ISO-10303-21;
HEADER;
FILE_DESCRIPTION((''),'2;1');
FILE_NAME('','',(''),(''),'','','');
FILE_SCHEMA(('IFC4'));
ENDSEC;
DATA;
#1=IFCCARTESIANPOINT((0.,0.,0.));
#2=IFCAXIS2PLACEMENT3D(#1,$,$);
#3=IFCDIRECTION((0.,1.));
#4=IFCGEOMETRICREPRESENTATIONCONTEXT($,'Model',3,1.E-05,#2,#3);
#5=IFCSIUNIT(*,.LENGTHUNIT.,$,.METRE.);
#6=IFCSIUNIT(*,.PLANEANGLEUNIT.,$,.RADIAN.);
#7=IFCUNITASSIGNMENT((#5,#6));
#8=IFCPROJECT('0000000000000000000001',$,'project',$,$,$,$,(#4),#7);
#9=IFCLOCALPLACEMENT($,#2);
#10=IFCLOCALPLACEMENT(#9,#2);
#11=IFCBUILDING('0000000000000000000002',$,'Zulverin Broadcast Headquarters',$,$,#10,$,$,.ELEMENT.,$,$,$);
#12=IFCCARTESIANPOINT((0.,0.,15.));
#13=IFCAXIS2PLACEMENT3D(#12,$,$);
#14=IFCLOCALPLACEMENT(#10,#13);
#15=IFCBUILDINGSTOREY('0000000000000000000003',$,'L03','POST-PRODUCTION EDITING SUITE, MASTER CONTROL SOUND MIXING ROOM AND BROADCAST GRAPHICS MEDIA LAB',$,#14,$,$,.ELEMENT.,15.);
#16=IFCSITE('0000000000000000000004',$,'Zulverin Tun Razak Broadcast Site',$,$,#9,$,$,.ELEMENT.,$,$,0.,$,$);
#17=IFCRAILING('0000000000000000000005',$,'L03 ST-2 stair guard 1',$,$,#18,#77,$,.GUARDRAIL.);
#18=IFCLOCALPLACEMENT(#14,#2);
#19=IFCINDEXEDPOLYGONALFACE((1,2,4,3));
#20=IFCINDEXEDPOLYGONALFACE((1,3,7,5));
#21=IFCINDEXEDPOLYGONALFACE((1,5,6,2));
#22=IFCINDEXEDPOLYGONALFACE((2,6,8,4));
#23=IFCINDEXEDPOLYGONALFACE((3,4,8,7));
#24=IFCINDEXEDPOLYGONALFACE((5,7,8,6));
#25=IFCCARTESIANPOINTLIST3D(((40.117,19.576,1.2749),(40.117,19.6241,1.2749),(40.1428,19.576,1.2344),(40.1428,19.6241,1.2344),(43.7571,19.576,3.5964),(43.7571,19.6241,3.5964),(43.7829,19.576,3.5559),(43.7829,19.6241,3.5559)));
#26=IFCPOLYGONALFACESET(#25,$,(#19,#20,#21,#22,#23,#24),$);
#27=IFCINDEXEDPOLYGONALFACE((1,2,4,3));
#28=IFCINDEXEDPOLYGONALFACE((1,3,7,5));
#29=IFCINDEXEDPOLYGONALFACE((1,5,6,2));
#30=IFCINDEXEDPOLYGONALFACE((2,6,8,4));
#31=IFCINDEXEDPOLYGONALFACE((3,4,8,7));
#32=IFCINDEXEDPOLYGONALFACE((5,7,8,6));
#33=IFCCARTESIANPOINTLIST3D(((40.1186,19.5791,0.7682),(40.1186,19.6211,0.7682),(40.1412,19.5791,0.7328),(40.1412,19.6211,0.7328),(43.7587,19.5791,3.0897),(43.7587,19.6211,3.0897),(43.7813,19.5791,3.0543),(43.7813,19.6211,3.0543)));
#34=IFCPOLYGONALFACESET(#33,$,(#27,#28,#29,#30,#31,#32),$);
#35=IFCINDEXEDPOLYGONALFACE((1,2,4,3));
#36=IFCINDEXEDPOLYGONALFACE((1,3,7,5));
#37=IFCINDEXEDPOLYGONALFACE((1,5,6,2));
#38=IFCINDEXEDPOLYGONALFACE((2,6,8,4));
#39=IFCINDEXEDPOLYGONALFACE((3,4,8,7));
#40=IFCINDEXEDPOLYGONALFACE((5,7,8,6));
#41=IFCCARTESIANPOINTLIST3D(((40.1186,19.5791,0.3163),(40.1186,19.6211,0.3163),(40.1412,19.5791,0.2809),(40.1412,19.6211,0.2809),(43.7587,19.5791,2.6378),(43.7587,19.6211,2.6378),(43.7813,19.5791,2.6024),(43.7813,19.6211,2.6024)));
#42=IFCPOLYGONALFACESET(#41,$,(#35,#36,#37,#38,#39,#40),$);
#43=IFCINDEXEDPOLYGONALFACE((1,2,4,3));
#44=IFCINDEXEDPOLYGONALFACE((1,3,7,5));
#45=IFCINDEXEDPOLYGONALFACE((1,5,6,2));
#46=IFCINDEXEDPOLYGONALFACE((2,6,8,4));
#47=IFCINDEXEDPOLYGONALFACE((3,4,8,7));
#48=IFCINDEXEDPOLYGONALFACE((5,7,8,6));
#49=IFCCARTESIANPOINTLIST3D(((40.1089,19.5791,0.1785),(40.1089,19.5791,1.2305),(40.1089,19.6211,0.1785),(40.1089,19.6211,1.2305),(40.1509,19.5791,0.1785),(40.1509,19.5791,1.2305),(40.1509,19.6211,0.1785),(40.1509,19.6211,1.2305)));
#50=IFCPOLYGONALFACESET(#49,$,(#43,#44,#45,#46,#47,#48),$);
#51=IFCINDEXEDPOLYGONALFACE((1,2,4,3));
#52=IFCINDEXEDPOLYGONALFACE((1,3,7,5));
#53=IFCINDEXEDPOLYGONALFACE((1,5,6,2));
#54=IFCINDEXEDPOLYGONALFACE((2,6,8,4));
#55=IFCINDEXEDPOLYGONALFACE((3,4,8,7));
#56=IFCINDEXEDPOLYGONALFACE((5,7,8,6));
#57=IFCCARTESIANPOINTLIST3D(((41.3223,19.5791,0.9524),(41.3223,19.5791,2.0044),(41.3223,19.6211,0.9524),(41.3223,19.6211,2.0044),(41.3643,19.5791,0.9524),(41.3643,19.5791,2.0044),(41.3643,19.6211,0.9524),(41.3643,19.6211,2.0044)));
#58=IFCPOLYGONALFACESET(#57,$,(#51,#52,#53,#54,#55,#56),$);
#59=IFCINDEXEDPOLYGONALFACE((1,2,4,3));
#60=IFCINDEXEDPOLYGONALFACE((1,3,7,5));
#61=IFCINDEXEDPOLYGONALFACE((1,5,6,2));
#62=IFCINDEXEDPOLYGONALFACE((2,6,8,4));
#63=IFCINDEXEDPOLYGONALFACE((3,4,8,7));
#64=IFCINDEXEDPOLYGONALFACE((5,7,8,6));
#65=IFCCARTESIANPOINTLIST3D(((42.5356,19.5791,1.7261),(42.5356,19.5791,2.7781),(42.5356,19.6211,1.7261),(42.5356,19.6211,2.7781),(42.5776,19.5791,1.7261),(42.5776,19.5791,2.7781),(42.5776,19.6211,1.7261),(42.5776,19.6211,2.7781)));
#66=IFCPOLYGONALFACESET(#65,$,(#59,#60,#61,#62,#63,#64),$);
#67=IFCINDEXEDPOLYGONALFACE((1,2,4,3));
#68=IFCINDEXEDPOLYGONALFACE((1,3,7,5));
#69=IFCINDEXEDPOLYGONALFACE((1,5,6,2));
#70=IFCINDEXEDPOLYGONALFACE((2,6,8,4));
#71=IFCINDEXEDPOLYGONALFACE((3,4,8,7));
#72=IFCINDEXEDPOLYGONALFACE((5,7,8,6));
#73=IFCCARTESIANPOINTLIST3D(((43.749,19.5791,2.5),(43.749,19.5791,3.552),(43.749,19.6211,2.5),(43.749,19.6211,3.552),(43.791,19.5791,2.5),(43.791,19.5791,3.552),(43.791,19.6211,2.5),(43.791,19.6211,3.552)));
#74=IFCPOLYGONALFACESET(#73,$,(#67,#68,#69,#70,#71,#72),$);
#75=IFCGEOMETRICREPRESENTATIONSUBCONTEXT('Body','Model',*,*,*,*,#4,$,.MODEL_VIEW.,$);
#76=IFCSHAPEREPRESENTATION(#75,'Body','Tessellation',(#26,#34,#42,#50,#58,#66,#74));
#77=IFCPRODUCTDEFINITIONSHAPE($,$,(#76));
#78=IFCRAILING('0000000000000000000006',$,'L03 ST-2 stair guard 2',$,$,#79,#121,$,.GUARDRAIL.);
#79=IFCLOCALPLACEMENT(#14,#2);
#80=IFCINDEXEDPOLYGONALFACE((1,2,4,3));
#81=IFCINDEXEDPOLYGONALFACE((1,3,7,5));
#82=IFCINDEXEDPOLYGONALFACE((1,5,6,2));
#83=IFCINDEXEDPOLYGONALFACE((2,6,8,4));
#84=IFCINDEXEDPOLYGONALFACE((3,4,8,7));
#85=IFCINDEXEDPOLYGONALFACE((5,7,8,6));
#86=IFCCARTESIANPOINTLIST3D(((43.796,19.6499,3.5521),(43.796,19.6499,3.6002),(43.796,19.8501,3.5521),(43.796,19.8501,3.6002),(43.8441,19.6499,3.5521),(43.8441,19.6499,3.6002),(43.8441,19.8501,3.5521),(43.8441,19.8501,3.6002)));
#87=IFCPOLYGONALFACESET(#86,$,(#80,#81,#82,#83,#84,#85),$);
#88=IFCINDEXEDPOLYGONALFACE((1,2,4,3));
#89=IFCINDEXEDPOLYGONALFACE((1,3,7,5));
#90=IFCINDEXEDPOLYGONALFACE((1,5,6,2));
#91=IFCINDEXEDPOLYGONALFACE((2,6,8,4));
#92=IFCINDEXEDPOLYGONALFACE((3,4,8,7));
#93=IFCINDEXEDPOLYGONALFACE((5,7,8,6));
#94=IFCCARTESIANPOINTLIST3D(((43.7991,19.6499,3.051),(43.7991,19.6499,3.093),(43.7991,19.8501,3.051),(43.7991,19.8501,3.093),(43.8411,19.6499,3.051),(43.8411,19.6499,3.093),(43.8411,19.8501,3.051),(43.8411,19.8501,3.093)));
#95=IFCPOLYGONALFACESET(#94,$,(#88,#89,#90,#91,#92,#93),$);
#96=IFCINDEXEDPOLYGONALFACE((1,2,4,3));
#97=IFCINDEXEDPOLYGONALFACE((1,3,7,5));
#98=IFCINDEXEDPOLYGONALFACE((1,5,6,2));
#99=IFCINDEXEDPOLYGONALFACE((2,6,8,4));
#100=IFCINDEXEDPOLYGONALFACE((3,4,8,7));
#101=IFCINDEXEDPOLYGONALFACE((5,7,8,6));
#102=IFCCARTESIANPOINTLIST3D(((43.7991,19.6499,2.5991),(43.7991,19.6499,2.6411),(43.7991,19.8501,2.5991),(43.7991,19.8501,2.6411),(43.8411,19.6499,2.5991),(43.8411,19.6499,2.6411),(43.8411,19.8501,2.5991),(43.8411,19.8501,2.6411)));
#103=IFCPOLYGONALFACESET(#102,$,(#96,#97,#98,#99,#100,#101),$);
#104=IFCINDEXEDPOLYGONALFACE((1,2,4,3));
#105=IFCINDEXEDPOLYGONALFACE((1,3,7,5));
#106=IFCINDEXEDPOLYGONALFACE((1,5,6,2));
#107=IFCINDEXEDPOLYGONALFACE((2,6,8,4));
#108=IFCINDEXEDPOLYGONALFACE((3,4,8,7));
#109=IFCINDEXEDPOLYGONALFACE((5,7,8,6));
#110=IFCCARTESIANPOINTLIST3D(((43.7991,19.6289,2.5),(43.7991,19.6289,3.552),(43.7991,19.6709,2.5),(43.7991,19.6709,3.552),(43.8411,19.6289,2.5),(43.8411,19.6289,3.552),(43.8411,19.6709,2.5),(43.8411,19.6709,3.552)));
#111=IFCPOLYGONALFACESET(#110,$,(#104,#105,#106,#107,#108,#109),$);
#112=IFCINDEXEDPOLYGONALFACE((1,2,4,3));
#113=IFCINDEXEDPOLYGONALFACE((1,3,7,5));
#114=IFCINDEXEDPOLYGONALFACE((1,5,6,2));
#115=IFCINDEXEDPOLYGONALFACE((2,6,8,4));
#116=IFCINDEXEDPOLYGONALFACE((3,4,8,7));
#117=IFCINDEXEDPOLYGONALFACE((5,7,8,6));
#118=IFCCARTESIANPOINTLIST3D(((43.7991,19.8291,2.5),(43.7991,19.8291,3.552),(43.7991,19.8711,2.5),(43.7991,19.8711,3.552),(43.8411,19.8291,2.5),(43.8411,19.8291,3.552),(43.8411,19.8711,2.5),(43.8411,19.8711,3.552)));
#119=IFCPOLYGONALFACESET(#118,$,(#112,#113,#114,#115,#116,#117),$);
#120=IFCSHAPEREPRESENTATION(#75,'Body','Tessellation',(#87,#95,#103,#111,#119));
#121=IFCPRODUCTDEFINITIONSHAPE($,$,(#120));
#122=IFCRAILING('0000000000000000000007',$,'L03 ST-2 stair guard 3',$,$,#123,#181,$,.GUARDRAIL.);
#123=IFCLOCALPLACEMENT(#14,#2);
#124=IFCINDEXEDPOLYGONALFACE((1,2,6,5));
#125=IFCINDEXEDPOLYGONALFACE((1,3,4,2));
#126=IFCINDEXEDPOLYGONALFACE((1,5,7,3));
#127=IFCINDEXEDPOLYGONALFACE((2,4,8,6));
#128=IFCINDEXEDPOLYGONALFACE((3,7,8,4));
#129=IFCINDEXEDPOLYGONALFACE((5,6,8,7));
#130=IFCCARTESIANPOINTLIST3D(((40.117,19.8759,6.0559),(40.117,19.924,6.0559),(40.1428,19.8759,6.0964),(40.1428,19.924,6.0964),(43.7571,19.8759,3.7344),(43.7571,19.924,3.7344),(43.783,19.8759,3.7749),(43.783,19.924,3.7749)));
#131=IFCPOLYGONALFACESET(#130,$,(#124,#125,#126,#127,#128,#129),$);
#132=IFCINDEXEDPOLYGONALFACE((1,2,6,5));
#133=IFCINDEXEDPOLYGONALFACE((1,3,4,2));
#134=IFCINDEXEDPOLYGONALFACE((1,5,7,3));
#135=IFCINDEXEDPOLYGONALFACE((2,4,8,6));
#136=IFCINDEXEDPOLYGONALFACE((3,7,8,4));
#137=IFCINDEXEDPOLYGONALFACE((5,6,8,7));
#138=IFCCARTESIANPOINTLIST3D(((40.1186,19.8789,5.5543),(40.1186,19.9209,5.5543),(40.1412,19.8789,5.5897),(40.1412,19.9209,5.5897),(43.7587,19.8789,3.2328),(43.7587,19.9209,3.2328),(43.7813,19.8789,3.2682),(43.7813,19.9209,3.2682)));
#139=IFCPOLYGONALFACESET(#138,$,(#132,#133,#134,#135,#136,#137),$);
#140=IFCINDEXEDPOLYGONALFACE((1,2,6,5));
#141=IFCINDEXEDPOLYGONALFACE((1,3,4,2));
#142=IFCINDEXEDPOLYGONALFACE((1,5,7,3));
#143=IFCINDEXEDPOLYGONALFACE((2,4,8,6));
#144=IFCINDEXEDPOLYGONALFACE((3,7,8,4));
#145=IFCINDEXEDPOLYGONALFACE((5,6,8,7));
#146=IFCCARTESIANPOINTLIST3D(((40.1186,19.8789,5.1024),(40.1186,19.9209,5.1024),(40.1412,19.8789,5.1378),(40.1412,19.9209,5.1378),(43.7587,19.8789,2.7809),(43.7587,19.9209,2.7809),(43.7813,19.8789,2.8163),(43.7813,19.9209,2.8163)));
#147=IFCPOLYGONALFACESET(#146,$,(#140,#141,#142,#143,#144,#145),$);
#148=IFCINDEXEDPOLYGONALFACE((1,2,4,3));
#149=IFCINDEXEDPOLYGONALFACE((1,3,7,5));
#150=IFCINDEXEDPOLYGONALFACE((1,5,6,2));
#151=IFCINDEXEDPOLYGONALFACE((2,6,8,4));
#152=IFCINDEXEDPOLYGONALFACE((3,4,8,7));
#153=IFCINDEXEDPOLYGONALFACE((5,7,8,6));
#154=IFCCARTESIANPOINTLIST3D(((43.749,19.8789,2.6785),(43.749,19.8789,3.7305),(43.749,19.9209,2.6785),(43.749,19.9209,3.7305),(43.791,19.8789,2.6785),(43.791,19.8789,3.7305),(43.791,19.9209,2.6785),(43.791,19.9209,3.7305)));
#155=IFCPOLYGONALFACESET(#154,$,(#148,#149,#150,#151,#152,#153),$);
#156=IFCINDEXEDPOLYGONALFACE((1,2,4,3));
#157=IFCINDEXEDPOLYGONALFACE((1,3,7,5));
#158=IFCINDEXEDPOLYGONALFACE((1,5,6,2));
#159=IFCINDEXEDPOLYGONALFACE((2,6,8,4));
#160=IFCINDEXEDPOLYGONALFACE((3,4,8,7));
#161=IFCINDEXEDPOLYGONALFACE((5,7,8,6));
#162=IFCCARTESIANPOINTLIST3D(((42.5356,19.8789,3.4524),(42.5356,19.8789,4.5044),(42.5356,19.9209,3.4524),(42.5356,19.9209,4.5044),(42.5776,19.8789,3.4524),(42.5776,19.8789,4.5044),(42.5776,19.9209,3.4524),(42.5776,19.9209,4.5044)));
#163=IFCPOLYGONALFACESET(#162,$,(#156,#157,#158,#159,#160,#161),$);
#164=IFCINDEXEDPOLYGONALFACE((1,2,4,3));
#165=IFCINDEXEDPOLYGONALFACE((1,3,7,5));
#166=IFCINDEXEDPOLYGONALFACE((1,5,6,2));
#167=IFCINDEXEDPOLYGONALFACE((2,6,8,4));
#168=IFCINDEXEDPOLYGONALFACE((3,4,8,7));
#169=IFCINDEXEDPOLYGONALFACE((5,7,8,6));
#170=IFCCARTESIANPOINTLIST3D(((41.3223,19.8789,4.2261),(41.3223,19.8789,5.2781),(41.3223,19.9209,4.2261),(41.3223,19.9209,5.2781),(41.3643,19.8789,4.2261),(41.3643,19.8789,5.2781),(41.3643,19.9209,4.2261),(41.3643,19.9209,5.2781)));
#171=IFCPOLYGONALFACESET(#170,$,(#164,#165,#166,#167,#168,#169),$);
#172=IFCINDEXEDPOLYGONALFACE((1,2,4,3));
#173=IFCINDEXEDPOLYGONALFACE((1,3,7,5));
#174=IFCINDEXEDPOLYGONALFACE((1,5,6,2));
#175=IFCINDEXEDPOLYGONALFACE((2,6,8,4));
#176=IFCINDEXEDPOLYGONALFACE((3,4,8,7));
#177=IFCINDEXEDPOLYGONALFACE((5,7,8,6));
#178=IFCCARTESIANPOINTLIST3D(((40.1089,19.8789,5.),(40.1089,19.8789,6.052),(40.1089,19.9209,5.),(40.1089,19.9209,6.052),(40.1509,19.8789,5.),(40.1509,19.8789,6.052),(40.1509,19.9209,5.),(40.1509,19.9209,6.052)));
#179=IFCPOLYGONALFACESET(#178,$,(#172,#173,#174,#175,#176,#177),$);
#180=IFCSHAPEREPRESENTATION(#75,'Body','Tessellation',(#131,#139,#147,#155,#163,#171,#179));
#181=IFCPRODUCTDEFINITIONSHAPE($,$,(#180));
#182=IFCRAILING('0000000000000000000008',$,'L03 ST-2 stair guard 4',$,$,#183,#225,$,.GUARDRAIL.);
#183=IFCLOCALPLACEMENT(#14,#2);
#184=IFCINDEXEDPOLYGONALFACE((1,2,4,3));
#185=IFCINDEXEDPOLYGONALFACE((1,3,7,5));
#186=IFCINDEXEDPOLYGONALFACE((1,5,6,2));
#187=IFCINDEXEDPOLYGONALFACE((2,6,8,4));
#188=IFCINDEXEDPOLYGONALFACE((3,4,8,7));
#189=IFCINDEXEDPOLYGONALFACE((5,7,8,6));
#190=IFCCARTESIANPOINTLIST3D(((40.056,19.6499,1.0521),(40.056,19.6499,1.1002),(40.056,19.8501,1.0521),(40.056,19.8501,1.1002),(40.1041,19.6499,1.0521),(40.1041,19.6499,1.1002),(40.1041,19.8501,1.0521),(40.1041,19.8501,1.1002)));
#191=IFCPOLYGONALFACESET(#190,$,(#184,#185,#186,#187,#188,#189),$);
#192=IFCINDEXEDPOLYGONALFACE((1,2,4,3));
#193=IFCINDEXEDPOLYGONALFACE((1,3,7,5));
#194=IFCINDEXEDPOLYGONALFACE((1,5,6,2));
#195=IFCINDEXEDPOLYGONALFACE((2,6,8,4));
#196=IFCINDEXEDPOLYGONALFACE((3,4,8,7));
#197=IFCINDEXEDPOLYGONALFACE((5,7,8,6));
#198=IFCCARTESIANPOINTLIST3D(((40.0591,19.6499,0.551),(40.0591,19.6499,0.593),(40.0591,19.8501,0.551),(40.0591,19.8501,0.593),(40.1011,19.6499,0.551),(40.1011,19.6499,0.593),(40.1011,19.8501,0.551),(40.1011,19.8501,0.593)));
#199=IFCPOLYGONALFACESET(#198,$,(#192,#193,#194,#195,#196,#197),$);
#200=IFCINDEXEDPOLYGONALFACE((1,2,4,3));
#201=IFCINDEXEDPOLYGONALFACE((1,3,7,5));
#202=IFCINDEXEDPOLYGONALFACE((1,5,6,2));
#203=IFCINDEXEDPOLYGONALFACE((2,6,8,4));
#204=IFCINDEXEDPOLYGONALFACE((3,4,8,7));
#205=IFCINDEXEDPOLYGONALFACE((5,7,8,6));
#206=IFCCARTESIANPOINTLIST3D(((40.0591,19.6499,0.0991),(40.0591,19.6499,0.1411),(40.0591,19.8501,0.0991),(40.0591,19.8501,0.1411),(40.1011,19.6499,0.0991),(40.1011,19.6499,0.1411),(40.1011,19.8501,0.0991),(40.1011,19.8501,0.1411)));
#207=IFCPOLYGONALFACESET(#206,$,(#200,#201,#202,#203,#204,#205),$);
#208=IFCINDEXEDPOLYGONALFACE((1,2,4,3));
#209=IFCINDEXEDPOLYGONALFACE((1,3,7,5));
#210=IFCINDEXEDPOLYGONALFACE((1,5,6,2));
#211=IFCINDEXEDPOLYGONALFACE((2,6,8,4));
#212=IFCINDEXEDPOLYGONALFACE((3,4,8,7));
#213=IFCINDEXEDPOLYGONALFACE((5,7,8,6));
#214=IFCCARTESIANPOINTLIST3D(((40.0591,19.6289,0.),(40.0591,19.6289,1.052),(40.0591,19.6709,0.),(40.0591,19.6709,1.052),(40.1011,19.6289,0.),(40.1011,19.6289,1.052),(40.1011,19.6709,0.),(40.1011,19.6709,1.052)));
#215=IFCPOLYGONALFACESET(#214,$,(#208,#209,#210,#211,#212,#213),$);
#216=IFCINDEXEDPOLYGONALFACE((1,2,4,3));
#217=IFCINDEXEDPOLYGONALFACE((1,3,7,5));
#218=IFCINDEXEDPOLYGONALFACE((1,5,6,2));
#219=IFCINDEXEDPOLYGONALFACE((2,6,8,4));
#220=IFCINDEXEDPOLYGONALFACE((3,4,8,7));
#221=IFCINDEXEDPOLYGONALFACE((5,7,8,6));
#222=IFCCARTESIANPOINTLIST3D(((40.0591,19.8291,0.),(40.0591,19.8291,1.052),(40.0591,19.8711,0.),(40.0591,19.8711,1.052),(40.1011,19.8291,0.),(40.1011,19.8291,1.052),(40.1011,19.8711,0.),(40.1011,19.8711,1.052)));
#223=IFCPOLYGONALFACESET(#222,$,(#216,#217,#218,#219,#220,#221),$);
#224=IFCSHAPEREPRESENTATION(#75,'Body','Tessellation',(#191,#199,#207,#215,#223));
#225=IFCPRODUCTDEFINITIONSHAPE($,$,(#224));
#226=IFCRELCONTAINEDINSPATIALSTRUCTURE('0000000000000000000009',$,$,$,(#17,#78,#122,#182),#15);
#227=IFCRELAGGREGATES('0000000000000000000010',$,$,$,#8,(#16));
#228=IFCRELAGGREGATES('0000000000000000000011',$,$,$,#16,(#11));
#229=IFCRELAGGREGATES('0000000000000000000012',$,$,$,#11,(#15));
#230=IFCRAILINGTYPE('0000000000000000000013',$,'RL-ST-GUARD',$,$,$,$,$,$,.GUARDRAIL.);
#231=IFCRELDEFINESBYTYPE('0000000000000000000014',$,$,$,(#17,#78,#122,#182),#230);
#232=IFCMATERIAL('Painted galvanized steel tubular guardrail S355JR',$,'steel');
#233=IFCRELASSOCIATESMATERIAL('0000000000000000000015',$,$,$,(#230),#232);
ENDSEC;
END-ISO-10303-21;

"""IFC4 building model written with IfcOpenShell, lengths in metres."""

from ifc_helpers import new_model, si_unit, direction, frame, origin, origin_2d, place, context, subcontext, project, spatial, rectangle, extrude, material, type_object, element, save


model = new_model("IFC4")

# Units and contexts
model_context = context("Model", 3, precision=1e-05, world=origin(), true_north=direction((0.0, 1.0)))
body_context = subcontext(model_context, "Body", "Model", "MODEL_VIEW")
ifc_project = project(units=[si_unit("LENGTHUNIT", "METRE"), si_unit("PLANEANGLEUNIT", "RADIAN")], contexts=[model_context])

# Site, building, storey
site_placement = place(None, origin())
site = spatial("IfcSite", under=ifc_project, at=site_placement, Name="Zulverin Tun Razak Broadcast Site", CompositionType="ELEMENT", RefElevation=0.0)
building_placement = place(site_placement, origin())
building = spatial("IfcBuilding", under=site, at=building_placement, Name="Zulverin Broadcast Headquarters", CompositionType="ELEMENT")
storey_placement = place(building_placement, frame((0.0, 0.0, 15.0)))
storey = spatial("IfcBuildingStorey", under=building, at=storey_placement, Name="L03", Description="POST-PRODUCTION EDITING SUITE, MASTER CONTROL SOUND MIXING ROOM AND BROADCAST GRAPHICS MEDIA LAB", CompositionType="ELEMENT", Elevation=15.0)

# Railings
ifc_material_1 = material(Name="Painted galvanized steel tubular guardrail S355JR", Category="steel")
railing_type_1 = type_object("IfcRailingType", Name="RL-ST-GUARD", PredefinedType="GUARDRAIL", material=ifc_material_1)
railing_1_placement = place(storey_placement, frame((40.1299, 19.6001, 0.1785)))
element("IfcRailing", 1, at=railing_1_placement, inside=storey, type_object=railing_type_1, Name="L03 ST-2 stair guard 1", PredefinedType="GUARDRAIL", context=body_context, shape_type="SweptSolid", body=[
    extrude(rectangle(XDim=0.0481, YDim=0.0481, at=origin_2d()), frame((0.0, 0.0, 1.0762), z_axis=(0.843128, 0.0, 0.537713), x_axis=(0.0, 1.0, 0.0)), (0.0, 0.0, 1.0), 4.3174),
    extrude(rectangle(XDim=0.042, YDim=0.042, at=origin_2d()), frame((0.0, 0.0, 0.572), z_axis=(0.843128, 0.0, 0.537713), x_axis=(0.0, 1.0, 0.0)), (0.0, 0.0, 1.0), 4.3174),
    extrude(rectangle(XDim=0.042, YDim=0.042, at=origin_2d()), frame((0.0, 0.0, 0.1201), z_axis=(0.843128, 0.0, 0.537713), x_axis=(0.0, 1.0, 0.0)), (0.0, 0.0, 1.0), 4.3174),
    extrude(rectangle(XDim=0.042, YDim=0.042, at=origin_2d()), origin(), (0.0, 0.0, 1.0), 1.052),
    extrude(rectangle(XDim=0.042, YDim=0.042, at=origin_2d()), frame((1.2134, 0.0, 0.7739)), (0.0, 0.0, 1.0), 1.052),
    extrude(rectangle(XDim=0.042, YDim=0.042, at=origin_2d()), frame((2.4268, 0.0, 1.5476)), (0.0, 0.0, 1.0), 1.052),
    extrude(rectangle(XDim=0.042, YDim=0.042, at=origin_2d()), frame((3.6401, 0.0, 2.3215)), (0.0, 0.0, 1.0), 1.052),
])
railing_2_placement = place(storey_placement, frame((43.8201, 19.6499, 2.5)))
element("IfcRailing", 2, at=railing_2_placement, inside=storey, type_object=railing_type_1, Name="L03 ST-2 stair guard 2", PredefinedType="GUARDRAIL", context=body_context, shape_type="SweptSolid", body=[
    extrude(rectangle(XDim=0.0481, YDim=0.0481, at=origin_2d()), frame((0.0, 0.0, 1.0762), z_axis=(0.0, 1.0, 0.0), x_axis=(-1.0, 0.0, 0.0)), (0.0, 0.0, 1.0), 0.2002),
    extrude(rectangle(XDim=0.042, YDim=0.042, at=origin_2d()), frame((0.0, 0.0, 0.572), z_axis=(0.0, 1.0, 0.0), x_axis=(-1.0, 0.0, 0.0)), (0.0, 0.0, 1.0), 0.2002),
    extrude(rectangle(XDim=0.042, YDim=0.042, at=origin_2d()), frame((0.0, 0.0, 0.1201), z_axis=(0.0, 1.0, 0.0), x_axis=(-1.0, 0.0, 0.0)), (0.0, 0.0, 1.0), 0.2002),
    extrude(rectangle(XDim=0.042, YDim=0.042, at=origin_2d()), origin(), (0.0, 0.0, 1.0), 1.052),
    extrude(rectangle(XDim=0.042, YDim=0.042, at=origin_2d()), frame((0.0, 0.2002, 0.0)), (0.0, 0.0, 1.0), 1.052),
])
railing_3_placement = place(storey_placement, frame((43.77, 19.8999, 2.6785)))
element("IfcRailing", 3, at=railing_3_placement, inside=storey, type_object=railing_type_1, Name="L03 ST-2 stair guard 3", PredefinedType="GUARDRAIL", context=body_context, shape_type="SweptSolid", body=[
    extrude(rectangle(XDim=0.0481, YDim=0.0481, at=origin_2d()), frame((0.0, 0.0, 1.0762), z_axis=(-0.843128, 0.0, 0.537713), x_axis=(0.0, -1.0, 0.0)), (0.0, 0.0, 1.0), 4.3174),
    extrude(rectangle(XDim=0.042, YDim=0.042, at=origin_2d()), frame((0.0, 0.0, 0.572), z_axis=(-0.843128, 0.0, 0.537713), x_axis=(0.0, -1.0, 0.0)), (0.0, 0.0, 1.0), 4.3174),
    extrude(rectangle(XDim=0.042, YDim=0.042, at=origin_2d()), frame((0.0, 0.0, 0.1201), z_axis=(-0.843128, 0.0, 0.537713), x_axis=(0.0, -1.0, 0.0)), (0.0, 0.0, 1.0), 4.3174),
    extrude(rectangle(XDim=0.042, YDim=0.042, at=origin_2d()), origin(), (0.0, 0.0, 1.0), 1.052),
    extrude(rectangle(XDim=0.042, YDim=0.042, at=origin_2d()), frame((-1.2134, 0.0, 0.7739)), (0.0, 0.0, 1.0), 1.052),
    extrude(rectangle(XDim=0.042, YDim=0.042, at=origin_2d()), frame((-2.4268, 0.0, 1.5476)), (0.0, 0.0, 1.0), 1.052),
    extrude(rectangle(XDim=0.042, YDim=0.042, at=origin_2d()), frame((-3.6401, 0.0, 2.3215)), (0.0, 0.0, 1.0), 1.052),
])
railing_4_placement = place(storey_placement, frame((40.0801, 19.6499, 0.0)))
element("IfcRailing", 4, at=railing_4_placement, inside=storey, type_object=railing_type_1, Name="L03 ST-2 stair guard 4", PredefinedType="GUARDRAIL", context=body_context, shape_type="SweptSolid", body=[
    extrude(rectangle(XDim=0.0481, YDim=0.0481, at=origin_2d()), frame((0.0, 0.0, 1.0762), z_axis=(0.0, 1.0, 0.0), x_axis=(-1.0, 0.0, 0.0)), (0.0, 0.0, 1.0), 0.2002),
    extrude(rectangle(XDim=0.042, YDim=0.042, at=origin_2d()), frame((0.0, 0.0, 0.572), z_axis=(0.0, 1.0, 0.0), x_axis=(-1.0, 0.0, 0.0)), (0.0, 0.0, 1.0), 0.2002),
    extrude(rectangle(XDim=0.042, YDim=0.042, at=origin_2d()), frame((0.0, 0.0, 0.1201), z_axis=(0.0, 1.0, 0.0), x_axis=(-1.0, 0.0, 0.0)), (0.0, 0.0, 1.0), 0.2002),
    extrude(rectangle(XDim=0.042, YDim=0.042, at=origin_2d()), origin(), (0.0, 0.0, 1.0), 1.052),
    extrude(rectangle(XDim=0.042, YDim=0.042, at=origin_2d()), frame((0.0, 0.2002, 0.0)), (0.0, 0.0, 1.0), 1.052),
])

save(model, "model.ifc")
